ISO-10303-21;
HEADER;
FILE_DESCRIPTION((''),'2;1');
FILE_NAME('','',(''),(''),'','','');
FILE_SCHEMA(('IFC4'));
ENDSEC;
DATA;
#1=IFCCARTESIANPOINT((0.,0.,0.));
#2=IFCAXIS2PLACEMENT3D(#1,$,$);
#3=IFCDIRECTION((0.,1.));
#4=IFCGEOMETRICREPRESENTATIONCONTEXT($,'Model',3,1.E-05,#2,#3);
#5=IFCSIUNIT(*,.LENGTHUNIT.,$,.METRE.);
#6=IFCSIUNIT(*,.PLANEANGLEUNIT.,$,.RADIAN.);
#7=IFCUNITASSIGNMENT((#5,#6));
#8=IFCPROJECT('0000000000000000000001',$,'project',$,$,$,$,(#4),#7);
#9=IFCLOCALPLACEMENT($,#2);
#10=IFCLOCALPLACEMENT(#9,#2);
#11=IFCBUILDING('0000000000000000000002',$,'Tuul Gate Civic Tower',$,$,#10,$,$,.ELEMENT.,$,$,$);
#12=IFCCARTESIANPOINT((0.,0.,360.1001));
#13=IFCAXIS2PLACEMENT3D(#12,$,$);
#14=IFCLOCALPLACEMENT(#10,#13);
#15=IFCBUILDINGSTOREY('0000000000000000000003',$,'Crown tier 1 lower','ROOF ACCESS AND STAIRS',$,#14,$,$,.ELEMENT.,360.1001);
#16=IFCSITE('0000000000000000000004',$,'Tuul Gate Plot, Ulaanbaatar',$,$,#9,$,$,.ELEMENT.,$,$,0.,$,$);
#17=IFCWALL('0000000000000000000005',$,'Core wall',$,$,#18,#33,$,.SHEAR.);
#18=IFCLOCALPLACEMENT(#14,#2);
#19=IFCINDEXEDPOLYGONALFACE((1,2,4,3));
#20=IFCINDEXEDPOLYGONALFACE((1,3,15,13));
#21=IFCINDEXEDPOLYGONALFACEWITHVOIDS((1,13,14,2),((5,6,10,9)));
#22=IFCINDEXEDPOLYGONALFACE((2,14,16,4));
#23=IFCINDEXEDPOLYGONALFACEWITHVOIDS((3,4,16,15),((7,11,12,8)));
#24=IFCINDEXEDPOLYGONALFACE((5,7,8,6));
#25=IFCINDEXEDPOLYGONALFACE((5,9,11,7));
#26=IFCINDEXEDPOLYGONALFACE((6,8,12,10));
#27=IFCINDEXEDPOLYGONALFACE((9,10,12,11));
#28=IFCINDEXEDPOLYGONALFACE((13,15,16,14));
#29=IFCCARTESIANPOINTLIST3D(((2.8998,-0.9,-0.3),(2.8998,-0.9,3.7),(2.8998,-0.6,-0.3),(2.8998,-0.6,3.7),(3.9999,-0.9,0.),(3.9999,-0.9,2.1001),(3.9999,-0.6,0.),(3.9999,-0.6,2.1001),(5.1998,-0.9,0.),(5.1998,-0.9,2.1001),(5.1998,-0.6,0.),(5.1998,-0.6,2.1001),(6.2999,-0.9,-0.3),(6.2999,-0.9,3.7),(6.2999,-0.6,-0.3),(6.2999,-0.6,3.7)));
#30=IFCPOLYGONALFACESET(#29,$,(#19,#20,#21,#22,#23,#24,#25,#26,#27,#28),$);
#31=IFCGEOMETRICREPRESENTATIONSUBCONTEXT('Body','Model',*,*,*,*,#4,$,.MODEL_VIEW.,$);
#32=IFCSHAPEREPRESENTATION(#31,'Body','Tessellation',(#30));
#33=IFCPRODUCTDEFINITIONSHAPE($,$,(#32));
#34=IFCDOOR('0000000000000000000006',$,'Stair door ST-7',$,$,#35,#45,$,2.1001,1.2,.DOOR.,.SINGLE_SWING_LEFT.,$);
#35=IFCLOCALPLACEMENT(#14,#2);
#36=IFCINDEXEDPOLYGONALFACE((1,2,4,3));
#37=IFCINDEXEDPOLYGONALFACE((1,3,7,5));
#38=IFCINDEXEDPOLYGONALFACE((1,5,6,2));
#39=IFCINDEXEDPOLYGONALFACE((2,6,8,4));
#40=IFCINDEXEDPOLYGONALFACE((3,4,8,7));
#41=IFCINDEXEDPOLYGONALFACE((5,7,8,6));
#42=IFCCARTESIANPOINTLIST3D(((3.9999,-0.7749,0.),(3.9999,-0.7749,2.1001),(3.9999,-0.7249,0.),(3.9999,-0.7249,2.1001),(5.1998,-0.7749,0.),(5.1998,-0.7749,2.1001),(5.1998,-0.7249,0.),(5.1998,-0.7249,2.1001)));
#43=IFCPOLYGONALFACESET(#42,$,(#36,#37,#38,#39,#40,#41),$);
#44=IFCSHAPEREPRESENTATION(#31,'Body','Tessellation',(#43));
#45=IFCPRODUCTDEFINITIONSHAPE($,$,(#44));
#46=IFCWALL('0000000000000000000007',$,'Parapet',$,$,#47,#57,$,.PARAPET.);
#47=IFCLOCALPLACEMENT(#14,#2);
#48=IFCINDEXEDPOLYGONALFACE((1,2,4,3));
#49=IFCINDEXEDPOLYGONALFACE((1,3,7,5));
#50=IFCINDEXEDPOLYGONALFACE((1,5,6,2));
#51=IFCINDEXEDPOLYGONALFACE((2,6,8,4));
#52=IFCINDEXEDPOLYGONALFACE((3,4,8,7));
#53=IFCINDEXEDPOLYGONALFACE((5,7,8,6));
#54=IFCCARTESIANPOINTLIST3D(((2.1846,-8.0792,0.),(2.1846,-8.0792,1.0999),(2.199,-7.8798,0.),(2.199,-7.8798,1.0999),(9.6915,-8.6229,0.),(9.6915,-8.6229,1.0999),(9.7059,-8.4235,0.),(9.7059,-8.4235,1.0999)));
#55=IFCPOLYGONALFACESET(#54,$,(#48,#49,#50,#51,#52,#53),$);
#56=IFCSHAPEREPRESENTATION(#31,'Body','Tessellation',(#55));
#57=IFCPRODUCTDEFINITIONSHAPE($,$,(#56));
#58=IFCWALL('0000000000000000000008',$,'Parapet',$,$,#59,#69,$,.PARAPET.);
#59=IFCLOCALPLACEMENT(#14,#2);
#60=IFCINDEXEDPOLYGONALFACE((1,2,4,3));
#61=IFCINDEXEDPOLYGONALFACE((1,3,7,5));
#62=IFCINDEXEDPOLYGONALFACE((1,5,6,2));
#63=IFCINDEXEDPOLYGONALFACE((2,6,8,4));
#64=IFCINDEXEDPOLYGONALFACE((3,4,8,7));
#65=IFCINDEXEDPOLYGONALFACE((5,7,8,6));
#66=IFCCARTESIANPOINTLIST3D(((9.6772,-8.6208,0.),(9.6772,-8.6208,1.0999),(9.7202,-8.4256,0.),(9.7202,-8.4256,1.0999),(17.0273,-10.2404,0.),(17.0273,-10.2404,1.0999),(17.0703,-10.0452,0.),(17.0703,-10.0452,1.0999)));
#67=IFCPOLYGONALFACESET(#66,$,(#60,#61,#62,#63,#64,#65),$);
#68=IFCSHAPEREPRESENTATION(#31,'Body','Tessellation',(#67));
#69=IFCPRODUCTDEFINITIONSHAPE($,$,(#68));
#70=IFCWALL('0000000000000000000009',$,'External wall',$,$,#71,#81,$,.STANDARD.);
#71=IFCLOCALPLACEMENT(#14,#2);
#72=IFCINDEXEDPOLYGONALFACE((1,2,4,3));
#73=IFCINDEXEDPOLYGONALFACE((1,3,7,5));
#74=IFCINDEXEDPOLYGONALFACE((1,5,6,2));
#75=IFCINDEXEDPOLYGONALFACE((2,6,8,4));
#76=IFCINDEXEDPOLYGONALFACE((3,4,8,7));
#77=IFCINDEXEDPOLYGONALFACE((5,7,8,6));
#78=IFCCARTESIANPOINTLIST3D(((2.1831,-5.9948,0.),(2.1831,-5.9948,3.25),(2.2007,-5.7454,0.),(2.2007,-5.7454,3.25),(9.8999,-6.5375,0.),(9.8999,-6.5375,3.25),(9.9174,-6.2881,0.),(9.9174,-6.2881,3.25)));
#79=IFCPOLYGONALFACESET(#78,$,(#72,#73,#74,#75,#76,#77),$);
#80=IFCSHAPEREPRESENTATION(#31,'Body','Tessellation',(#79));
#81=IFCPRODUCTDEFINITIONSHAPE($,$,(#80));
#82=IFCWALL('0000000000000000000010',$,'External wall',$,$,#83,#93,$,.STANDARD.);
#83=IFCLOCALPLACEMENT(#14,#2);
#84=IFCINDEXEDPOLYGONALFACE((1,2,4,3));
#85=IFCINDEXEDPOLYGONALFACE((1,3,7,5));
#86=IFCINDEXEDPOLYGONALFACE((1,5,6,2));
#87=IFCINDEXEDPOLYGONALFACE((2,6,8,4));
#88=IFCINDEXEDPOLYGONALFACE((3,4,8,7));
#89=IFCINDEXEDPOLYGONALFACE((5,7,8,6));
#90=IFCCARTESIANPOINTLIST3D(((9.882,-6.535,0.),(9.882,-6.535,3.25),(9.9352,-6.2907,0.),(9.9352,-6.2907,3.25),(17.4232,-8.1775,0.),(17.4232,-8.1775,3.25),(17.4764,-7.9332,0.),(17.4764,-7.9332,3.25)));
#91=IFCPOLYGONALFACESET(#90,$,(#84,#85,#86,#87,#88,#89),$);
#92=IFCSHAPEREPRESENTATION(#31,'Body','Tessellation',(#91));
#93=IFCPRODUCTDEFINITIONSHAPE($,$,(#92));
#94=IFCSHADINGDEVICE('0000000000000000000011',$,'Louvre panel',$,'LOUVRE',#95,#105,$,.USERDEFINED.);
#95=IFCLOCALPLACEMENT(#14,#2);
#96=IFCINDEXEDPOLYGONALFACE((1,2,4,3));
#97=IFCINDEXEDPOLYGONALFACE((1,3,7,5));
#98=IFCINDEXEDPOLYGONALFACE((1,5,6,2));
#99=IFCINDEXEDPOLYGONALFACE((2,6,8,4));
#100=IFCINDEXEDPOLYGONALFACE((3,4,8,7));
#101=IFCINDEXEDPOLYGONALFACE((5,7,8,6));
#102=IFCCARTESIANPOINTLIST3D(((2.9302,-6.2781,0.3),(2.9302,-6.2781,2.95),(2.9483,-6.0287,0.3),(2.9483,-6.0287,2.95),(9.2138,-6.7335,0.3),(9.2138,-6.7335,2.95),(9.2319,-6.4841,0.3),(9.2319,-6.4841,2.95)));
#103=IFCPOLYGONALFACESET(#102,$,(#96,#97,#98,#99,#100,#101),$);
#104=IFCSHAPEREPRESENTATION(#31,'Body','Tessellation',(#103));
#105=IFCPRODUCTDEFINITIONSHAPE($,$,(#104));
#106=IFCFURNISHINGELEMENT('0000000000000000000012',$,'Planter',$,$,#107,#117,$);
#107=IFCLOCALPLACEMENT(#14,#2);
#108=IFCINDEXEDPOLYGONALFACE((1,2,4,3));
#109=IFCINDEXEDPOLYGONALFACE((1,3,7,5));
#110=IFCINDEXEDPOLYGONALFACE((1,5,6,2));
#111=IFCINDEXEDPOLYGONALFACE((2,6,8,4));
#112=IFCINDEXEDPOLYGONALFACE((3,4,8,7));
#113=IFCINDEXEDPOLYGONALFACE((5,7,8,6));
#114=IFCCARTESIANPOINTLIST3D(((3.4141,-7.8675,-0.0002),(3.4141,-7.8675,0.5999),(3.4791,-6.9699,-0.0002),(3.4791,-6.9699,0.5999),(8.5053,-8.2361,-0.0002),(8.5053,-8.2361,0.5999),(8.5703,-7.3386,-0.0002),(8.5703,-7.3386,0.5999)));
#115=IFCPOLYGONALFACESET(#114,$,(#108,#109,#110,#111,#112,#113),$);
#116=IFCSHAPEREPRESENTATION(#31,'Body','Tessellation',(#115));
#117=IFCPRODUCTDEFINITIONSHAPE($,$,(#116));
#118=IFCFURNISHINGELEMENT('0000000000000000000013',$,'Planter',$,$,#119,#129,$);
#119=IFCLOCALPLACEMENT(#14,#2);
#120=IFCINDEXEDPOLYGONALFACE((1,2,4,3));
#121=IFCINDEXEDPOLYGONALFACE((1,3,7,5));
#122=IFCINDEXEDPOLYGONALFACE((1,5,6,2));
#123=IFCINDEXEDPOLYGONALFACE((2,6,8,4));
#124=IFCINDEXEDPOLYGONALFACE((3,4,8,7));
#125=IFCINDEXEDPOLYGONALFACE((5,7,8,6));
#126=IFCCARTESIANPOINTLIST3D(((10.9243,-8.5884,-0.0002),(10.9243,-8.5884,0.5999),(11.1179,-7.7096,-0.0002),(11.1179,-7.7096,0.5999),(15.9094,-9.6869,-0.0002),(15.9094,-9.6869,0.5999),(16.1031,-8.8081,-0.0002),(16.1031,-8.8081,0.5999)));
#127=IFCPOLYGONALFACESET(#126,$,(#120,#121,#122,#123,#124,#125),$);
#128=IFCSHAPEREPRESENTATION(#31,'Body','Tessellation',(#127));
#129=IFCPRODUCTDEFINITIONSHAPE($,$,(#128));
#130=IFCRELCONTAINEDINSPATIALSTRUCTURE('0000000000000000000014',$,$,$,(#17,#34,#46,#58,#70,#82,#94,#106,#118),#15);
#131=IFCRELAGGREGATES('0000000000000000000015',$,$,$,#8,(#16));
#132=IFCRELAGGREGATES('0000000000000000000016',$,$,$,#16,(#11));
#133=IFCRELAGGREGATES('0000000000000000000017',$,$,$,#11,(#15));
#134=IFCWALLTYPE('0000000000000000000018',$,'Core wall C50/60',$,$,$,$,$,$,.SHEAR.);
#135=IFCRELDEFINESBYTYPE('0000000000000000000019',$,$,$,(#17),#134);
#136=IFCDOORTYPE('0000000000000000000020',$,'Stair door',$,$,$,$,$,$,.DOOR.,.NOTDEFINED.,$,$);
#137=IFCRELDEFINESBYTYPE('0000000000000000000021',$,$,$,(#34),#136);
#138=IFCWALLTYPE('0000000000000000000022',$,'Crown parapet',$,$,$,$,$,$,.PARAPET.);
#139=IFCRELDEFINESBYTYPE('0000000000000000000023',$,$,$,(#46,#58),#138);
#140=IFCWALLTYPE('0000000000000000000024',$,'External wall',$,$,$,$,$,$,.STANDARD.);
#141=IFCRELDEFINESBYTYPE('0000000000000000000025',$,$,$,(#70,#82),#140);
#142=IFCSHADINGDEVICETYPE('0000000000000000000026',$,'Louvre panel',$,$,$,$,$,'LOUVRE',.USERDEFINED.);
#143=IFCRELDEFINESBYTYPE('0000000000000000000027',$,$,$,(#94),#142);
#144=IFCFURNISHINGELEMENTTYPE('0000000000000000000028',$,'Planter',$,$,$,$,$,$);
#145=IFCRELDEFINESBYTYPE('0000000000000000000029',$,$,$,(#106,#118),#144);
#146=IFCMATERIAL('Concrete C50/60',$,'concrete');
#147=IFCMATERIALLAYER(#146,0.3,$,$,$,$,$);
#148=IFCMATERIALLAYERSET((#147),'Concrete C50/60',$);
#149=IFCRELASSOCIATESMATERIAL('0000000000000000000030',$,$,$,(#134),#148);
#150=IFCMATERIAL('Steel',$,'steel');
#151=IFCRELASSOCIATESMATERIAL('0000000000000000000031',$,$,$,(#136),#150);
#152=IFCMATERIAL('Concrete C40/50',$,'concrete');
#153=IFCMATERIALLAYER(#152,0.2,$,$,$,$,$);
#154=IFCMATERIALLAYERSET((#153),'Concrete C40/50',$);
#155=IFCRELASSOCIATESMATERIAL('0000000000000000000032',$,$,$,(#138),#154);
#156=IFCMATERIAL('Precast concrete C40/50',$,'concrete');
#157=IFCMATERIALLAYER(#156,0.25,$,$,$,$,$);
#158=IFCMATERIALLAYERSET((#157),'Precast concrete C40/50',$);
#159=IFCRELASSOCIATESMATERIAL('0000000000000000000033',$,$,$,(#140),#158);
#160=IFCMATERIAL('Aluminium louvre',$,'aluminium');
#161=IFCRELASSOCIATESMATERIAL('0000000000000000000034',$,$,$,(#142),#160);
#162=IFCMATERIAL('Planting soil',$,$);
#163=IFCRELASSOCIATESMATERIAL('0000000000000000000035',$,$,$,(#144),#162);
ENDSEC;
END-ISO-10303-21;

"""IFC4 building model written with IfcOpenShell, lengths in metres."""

from ifc_helpers import new_model, si_unit, direction, frame, frame_2d, origin, origin_2d, place, context, subcontext, project, spatial, rectangle, extrude, material, layer, layer_set, type_object, element, fill, save


model = new_model("IFC4")

# Units and contexts
model_context = context("Model", 3, precision=1e-05, world=origin(), true_north=direction((0.0, 1.0)))
body_context = subcontext(model_context, "Body", "Model", "MODEL_VIEW")
ifc_project = project(units=[si_unit("LENGTHUNIT", "METRE"), si_unit("PLANEANGLEUNIT", "RADIAN")], contexts=[model_context])

# Site, building, storey
site_placement = place(None, origin())
site = spatial("IfcSite", under=ifc_project, at=site_placement, Name="Tuul Gate Plot, Ulaanbaatar", CompositionType="ELEMENT", RefElevation=0.0)
building_placement = place(site_placement, origin())
building = spatial("IfcBuilding", under=site, at=building_placement, Name="Tuul Gate Civic Tower", CompositionType="ELEMENT")
storey_placement = place(building_placement, frame((0.0, 0.0, 360.1001)))
storey = spatial("IfcBuildingStorey", under=building, at=storey_placement, Name="Crown tier 1 lower", Description="ROOF ACCESS AND STAIRS", CompositionType="ELEMENT", Elevation=360.1001)

# Shared definitions
ifc_material_1 = material(Name="Concrete C50/60", Category="concrete")
ifc_layer_1 = layer(ifc_material_1, 0.3)
ifc_layer_set_1 = layer_set([ifc_layer_1], Name="Concrete C50/60")
wall_type_1 = type_object("IfcWallType", Name="Core wall C50/60", PredefinedType="SHEAR", material=ifc_layer_set_1)

# Wall, opening, door
wall_1_placement = place(storey_placement, frame((6.3, -0.75, -0.3), z_axis=(0.0, 0.0, 1.0), x_axis=(-1.0, 0.0, 0.0)))
wall_1 = element("IfcWall", 1, at=wall_1_placement, inside=storey, type_object=wall_type_1, Name="Core wall", PredefinedType="SHEAR", context=body_context, shape_type="SweptSolid", body=[
    extrude(rectangle(XDim=3.4001, YDim=0.3, at=frame_2d((1.7002, 0.0))), origin(), (0.0, 0.0, 1.0), 4.0),
])
opening_placement = place(wall_1_placement, frame((1.1001, 0.0, 0.3)))
opening = element("IfcOpeningElement", 2, at=opening_placement, cuts=wall_1, PredefinedType="OPENING", context=body_context, shape_type="SweptSolid", body=[
    extrude(rectangle(XDim=1.2, YDim=2.1001, at=frame_2d((0.6001, 1.05))), frame((0.0, 0.1602, 0.0), z_axis=(0.0, -1.0, 0.0), x_axis=(1.0, 0.0, 0.0)), (0.0, 0.0, 1.0), 0.3201),
])
ifc_material_2 = material(Name="Steel", Category="steel")
door_type = type_object("IfcDoorType", Name="Stair door", OperationType="NOTDEFINED", PredefinedType="DOOR", material=ifc_material_2)
door_placement = place(opening_placement, origin())
door = element("IfcDoor", 3, at=door_placement, inside=storey, type_object=door_type, Name="Stair door ST-7", OperationType="SINGLE_SWING_LEFT", OverallHeight=2.1001, OverallWidth=1.2, PredefinedType="DOOR", context=body_context, shape_type="SweptSolid", body=[
    extrude(rectangle(XDim=1.2, YDim=2.1001, at=frame_2d((0.6001, 1.05))), frame((0.0, 0.0249, 0.0), z_axis=(0.0, -1.0, 0.0), x_axis=(1.0, 0.0, 0.0)), (0.0, 0.0, 1.0), 0.05),
])
fill(opening, door)

# Walls
ifc_material_3 = material(Name="Concrete C40/50", Category="concrete")
ifc_layer_2 = layer(ifc_material_3, 0.2)
ifc_layer_set_2 = layer_set([ifc_layer_2], Name="Concrete C40/50")
wall_type_2 = type_object("IfcWallType", Name="Crown parapet", PredefinedType="PARAPET", material=ifc_layer_set_2)
wall_2_placement = place(storey_placement, frame((2.1919, -7.9795, 0.0), z_axis=(0.0, 0.0, 1.0), x_axis=(0.997387, -0.072238, 0.0)))
element("IfcWall", 4, at=wall_2_placement, inside=storey, type_object=wall_type_2, Name="Parapet", PredefinedType="PARAPET", context=body_context, shape_type="SweptSolid", body=[
    extrude(rectangle(XDim=7.5266, YDim=0.2, at=frame_2d((3.7632, 0.0))), origin(), (0.0, 0.0, 1.0), 1.0999),
])
wall_3_placement = place(storey_placement, frame((9.6987, -8.5232, 0.0), z_axis=(0.0, 0.0, 1.0), x_axis=(0.976572, -0.215192, 0.0)))
element("IfcWall", 5, at=wall_3_placement, inside=storey, type_object=wall_type_2, Name="Parapet", PredefinedType="PARAPET", context=body_context, shape_type="SweptSolid", body=[
    extrude(rectangle(XDim=7.5264, YDim=0.2, at=frame_2d((3.7632, 0.0))), origin(), (0.0, 0.0, 1.0), 1.0999),
])
ifc_material_4 = material(Name="Precast concrete C40/50", Category="concrete")
ifc_layer_3 = layer(ifc_material_4, 0.25)
ifc_layer_set_3 = layer_set([ifc_layer_3], Name="Precast concrete C40/50")
wall_type_3 = type_object("IfcWallType", Name="External wall", PredefinedType="STANDARD", material=ifc_layer_set_3)
wall_4_placement = place(storey_placement, frame((2.1919, -5.8701, 0.0), z_axis=(0.0, 0.0, 1.0), x_axis=(0.997536, -0.070157, 0.0)))
element("IfcWall", 6, at=wall_4_placement, inside=storey, type_object=wall_type_3, Name="External wall", PredefinedType="STANDARD", context=body_context, shape_type="SweptSolid", body=[
    extrude(rectangle(XDim=7.7358, YDim=0.25, at=frame_2d((3.8679, 0.0))), origin(), (0.0, 0.0, 1.0), 3.25),
])
wall_5_placement = place(storey_placement, frame((9.9087, -6.4128, 0.0), z_axis=(0.0, 0.0, 1.0), x_axis=(0.977091, -0.212822, 0.0)))
element("IfcWall", 7, at=wall_5_placement, inside=storey, type_object=wall_type_3, Name="External wall", PredefinedType="STANDARD", context=body_context, shape_type="SweptSolid", body=[
    extrude(rectangle(XDim=7.718, YDim=0.25, at=frame_2d((3.8589, 0.0))), origin(), (0.0, 0.0, 1.0), 3.25),
])

# Shading device
ifc_material_5 = material(Name="Aluminium louvre", Category="aluminium")
shading_device_type = type_object("IfcShadingDeviceType", Name="Louvre panel", ElementType="LOUVRE", PredefinedType="USERDEFINED", material=ifc_material_5)
shading_device_placement = place(storey_placement, frame((6.0811, -6.3811, 0.3), z_axis=(0.0, 0.0, 1.0), x_axis=(-0.072283, -0.997384, 0.0)))
element("IfcShadingDevice", 8, at=shading_device_placement, inside=storey, type_object=shading_device_type, Name="Louvre panel", ObjectType="LOUVRE", PredefinedType="USERDEFINED", context=body_context, shape_type="SweptSolid", body=[
    extrude(rectangle(XDim=0.25, YDim=6.3, at=origin_2d()), origin(), (0.0, 0.0, 1.0), 2.6499),
])

# Furnishing elements
ifc_material_6 = material(Name="Planting soil")
furnishing_element_type = type_object("IfcFurnishingElementType", Name="Planter", material=ifc_material_6)
furnishing_1_placement = place(storey_placement, frame((5.9922, -7.603, -0.0002), z_axis=(0.0, 0.0, 1.0), x_axis=(0.997389, -0.072222, 0.0)))
element("IfcFurnishingElement", 9, at=furnishing_1_placement, inside=storey, type_object=furnishing_element_type, Name="Planter", context=body_context, shape_type="SweptSolid", body=[
    extrude(rectangle(XDim=5.1045, YDim=0.8999, at=origin_2d()), origin(), (0.0, 0.0, 1.0), 0.6001),
])
furnishing_2_placement = place(storey_placement, frame((13.5137, -8.6982, -0.0002), z_axis=(0.0, 0.0, 1.0), x_axis=(0.976571, -0.215195, 0.0)))
element("IfcFurnishingElement", 10, at=furnishing_2_placement, inside=storey, type_object=furnishing_element_type, Name="Planter", context=body_context, shape_type="SweptSolid", body=[
    extrude(rectangle(XDim=5.1047, YDim=0.8999, at=origin_2d()), origin(), (0.0, 0.0, 1.0), 0.6001),
])

save(model, "model.ifc")
